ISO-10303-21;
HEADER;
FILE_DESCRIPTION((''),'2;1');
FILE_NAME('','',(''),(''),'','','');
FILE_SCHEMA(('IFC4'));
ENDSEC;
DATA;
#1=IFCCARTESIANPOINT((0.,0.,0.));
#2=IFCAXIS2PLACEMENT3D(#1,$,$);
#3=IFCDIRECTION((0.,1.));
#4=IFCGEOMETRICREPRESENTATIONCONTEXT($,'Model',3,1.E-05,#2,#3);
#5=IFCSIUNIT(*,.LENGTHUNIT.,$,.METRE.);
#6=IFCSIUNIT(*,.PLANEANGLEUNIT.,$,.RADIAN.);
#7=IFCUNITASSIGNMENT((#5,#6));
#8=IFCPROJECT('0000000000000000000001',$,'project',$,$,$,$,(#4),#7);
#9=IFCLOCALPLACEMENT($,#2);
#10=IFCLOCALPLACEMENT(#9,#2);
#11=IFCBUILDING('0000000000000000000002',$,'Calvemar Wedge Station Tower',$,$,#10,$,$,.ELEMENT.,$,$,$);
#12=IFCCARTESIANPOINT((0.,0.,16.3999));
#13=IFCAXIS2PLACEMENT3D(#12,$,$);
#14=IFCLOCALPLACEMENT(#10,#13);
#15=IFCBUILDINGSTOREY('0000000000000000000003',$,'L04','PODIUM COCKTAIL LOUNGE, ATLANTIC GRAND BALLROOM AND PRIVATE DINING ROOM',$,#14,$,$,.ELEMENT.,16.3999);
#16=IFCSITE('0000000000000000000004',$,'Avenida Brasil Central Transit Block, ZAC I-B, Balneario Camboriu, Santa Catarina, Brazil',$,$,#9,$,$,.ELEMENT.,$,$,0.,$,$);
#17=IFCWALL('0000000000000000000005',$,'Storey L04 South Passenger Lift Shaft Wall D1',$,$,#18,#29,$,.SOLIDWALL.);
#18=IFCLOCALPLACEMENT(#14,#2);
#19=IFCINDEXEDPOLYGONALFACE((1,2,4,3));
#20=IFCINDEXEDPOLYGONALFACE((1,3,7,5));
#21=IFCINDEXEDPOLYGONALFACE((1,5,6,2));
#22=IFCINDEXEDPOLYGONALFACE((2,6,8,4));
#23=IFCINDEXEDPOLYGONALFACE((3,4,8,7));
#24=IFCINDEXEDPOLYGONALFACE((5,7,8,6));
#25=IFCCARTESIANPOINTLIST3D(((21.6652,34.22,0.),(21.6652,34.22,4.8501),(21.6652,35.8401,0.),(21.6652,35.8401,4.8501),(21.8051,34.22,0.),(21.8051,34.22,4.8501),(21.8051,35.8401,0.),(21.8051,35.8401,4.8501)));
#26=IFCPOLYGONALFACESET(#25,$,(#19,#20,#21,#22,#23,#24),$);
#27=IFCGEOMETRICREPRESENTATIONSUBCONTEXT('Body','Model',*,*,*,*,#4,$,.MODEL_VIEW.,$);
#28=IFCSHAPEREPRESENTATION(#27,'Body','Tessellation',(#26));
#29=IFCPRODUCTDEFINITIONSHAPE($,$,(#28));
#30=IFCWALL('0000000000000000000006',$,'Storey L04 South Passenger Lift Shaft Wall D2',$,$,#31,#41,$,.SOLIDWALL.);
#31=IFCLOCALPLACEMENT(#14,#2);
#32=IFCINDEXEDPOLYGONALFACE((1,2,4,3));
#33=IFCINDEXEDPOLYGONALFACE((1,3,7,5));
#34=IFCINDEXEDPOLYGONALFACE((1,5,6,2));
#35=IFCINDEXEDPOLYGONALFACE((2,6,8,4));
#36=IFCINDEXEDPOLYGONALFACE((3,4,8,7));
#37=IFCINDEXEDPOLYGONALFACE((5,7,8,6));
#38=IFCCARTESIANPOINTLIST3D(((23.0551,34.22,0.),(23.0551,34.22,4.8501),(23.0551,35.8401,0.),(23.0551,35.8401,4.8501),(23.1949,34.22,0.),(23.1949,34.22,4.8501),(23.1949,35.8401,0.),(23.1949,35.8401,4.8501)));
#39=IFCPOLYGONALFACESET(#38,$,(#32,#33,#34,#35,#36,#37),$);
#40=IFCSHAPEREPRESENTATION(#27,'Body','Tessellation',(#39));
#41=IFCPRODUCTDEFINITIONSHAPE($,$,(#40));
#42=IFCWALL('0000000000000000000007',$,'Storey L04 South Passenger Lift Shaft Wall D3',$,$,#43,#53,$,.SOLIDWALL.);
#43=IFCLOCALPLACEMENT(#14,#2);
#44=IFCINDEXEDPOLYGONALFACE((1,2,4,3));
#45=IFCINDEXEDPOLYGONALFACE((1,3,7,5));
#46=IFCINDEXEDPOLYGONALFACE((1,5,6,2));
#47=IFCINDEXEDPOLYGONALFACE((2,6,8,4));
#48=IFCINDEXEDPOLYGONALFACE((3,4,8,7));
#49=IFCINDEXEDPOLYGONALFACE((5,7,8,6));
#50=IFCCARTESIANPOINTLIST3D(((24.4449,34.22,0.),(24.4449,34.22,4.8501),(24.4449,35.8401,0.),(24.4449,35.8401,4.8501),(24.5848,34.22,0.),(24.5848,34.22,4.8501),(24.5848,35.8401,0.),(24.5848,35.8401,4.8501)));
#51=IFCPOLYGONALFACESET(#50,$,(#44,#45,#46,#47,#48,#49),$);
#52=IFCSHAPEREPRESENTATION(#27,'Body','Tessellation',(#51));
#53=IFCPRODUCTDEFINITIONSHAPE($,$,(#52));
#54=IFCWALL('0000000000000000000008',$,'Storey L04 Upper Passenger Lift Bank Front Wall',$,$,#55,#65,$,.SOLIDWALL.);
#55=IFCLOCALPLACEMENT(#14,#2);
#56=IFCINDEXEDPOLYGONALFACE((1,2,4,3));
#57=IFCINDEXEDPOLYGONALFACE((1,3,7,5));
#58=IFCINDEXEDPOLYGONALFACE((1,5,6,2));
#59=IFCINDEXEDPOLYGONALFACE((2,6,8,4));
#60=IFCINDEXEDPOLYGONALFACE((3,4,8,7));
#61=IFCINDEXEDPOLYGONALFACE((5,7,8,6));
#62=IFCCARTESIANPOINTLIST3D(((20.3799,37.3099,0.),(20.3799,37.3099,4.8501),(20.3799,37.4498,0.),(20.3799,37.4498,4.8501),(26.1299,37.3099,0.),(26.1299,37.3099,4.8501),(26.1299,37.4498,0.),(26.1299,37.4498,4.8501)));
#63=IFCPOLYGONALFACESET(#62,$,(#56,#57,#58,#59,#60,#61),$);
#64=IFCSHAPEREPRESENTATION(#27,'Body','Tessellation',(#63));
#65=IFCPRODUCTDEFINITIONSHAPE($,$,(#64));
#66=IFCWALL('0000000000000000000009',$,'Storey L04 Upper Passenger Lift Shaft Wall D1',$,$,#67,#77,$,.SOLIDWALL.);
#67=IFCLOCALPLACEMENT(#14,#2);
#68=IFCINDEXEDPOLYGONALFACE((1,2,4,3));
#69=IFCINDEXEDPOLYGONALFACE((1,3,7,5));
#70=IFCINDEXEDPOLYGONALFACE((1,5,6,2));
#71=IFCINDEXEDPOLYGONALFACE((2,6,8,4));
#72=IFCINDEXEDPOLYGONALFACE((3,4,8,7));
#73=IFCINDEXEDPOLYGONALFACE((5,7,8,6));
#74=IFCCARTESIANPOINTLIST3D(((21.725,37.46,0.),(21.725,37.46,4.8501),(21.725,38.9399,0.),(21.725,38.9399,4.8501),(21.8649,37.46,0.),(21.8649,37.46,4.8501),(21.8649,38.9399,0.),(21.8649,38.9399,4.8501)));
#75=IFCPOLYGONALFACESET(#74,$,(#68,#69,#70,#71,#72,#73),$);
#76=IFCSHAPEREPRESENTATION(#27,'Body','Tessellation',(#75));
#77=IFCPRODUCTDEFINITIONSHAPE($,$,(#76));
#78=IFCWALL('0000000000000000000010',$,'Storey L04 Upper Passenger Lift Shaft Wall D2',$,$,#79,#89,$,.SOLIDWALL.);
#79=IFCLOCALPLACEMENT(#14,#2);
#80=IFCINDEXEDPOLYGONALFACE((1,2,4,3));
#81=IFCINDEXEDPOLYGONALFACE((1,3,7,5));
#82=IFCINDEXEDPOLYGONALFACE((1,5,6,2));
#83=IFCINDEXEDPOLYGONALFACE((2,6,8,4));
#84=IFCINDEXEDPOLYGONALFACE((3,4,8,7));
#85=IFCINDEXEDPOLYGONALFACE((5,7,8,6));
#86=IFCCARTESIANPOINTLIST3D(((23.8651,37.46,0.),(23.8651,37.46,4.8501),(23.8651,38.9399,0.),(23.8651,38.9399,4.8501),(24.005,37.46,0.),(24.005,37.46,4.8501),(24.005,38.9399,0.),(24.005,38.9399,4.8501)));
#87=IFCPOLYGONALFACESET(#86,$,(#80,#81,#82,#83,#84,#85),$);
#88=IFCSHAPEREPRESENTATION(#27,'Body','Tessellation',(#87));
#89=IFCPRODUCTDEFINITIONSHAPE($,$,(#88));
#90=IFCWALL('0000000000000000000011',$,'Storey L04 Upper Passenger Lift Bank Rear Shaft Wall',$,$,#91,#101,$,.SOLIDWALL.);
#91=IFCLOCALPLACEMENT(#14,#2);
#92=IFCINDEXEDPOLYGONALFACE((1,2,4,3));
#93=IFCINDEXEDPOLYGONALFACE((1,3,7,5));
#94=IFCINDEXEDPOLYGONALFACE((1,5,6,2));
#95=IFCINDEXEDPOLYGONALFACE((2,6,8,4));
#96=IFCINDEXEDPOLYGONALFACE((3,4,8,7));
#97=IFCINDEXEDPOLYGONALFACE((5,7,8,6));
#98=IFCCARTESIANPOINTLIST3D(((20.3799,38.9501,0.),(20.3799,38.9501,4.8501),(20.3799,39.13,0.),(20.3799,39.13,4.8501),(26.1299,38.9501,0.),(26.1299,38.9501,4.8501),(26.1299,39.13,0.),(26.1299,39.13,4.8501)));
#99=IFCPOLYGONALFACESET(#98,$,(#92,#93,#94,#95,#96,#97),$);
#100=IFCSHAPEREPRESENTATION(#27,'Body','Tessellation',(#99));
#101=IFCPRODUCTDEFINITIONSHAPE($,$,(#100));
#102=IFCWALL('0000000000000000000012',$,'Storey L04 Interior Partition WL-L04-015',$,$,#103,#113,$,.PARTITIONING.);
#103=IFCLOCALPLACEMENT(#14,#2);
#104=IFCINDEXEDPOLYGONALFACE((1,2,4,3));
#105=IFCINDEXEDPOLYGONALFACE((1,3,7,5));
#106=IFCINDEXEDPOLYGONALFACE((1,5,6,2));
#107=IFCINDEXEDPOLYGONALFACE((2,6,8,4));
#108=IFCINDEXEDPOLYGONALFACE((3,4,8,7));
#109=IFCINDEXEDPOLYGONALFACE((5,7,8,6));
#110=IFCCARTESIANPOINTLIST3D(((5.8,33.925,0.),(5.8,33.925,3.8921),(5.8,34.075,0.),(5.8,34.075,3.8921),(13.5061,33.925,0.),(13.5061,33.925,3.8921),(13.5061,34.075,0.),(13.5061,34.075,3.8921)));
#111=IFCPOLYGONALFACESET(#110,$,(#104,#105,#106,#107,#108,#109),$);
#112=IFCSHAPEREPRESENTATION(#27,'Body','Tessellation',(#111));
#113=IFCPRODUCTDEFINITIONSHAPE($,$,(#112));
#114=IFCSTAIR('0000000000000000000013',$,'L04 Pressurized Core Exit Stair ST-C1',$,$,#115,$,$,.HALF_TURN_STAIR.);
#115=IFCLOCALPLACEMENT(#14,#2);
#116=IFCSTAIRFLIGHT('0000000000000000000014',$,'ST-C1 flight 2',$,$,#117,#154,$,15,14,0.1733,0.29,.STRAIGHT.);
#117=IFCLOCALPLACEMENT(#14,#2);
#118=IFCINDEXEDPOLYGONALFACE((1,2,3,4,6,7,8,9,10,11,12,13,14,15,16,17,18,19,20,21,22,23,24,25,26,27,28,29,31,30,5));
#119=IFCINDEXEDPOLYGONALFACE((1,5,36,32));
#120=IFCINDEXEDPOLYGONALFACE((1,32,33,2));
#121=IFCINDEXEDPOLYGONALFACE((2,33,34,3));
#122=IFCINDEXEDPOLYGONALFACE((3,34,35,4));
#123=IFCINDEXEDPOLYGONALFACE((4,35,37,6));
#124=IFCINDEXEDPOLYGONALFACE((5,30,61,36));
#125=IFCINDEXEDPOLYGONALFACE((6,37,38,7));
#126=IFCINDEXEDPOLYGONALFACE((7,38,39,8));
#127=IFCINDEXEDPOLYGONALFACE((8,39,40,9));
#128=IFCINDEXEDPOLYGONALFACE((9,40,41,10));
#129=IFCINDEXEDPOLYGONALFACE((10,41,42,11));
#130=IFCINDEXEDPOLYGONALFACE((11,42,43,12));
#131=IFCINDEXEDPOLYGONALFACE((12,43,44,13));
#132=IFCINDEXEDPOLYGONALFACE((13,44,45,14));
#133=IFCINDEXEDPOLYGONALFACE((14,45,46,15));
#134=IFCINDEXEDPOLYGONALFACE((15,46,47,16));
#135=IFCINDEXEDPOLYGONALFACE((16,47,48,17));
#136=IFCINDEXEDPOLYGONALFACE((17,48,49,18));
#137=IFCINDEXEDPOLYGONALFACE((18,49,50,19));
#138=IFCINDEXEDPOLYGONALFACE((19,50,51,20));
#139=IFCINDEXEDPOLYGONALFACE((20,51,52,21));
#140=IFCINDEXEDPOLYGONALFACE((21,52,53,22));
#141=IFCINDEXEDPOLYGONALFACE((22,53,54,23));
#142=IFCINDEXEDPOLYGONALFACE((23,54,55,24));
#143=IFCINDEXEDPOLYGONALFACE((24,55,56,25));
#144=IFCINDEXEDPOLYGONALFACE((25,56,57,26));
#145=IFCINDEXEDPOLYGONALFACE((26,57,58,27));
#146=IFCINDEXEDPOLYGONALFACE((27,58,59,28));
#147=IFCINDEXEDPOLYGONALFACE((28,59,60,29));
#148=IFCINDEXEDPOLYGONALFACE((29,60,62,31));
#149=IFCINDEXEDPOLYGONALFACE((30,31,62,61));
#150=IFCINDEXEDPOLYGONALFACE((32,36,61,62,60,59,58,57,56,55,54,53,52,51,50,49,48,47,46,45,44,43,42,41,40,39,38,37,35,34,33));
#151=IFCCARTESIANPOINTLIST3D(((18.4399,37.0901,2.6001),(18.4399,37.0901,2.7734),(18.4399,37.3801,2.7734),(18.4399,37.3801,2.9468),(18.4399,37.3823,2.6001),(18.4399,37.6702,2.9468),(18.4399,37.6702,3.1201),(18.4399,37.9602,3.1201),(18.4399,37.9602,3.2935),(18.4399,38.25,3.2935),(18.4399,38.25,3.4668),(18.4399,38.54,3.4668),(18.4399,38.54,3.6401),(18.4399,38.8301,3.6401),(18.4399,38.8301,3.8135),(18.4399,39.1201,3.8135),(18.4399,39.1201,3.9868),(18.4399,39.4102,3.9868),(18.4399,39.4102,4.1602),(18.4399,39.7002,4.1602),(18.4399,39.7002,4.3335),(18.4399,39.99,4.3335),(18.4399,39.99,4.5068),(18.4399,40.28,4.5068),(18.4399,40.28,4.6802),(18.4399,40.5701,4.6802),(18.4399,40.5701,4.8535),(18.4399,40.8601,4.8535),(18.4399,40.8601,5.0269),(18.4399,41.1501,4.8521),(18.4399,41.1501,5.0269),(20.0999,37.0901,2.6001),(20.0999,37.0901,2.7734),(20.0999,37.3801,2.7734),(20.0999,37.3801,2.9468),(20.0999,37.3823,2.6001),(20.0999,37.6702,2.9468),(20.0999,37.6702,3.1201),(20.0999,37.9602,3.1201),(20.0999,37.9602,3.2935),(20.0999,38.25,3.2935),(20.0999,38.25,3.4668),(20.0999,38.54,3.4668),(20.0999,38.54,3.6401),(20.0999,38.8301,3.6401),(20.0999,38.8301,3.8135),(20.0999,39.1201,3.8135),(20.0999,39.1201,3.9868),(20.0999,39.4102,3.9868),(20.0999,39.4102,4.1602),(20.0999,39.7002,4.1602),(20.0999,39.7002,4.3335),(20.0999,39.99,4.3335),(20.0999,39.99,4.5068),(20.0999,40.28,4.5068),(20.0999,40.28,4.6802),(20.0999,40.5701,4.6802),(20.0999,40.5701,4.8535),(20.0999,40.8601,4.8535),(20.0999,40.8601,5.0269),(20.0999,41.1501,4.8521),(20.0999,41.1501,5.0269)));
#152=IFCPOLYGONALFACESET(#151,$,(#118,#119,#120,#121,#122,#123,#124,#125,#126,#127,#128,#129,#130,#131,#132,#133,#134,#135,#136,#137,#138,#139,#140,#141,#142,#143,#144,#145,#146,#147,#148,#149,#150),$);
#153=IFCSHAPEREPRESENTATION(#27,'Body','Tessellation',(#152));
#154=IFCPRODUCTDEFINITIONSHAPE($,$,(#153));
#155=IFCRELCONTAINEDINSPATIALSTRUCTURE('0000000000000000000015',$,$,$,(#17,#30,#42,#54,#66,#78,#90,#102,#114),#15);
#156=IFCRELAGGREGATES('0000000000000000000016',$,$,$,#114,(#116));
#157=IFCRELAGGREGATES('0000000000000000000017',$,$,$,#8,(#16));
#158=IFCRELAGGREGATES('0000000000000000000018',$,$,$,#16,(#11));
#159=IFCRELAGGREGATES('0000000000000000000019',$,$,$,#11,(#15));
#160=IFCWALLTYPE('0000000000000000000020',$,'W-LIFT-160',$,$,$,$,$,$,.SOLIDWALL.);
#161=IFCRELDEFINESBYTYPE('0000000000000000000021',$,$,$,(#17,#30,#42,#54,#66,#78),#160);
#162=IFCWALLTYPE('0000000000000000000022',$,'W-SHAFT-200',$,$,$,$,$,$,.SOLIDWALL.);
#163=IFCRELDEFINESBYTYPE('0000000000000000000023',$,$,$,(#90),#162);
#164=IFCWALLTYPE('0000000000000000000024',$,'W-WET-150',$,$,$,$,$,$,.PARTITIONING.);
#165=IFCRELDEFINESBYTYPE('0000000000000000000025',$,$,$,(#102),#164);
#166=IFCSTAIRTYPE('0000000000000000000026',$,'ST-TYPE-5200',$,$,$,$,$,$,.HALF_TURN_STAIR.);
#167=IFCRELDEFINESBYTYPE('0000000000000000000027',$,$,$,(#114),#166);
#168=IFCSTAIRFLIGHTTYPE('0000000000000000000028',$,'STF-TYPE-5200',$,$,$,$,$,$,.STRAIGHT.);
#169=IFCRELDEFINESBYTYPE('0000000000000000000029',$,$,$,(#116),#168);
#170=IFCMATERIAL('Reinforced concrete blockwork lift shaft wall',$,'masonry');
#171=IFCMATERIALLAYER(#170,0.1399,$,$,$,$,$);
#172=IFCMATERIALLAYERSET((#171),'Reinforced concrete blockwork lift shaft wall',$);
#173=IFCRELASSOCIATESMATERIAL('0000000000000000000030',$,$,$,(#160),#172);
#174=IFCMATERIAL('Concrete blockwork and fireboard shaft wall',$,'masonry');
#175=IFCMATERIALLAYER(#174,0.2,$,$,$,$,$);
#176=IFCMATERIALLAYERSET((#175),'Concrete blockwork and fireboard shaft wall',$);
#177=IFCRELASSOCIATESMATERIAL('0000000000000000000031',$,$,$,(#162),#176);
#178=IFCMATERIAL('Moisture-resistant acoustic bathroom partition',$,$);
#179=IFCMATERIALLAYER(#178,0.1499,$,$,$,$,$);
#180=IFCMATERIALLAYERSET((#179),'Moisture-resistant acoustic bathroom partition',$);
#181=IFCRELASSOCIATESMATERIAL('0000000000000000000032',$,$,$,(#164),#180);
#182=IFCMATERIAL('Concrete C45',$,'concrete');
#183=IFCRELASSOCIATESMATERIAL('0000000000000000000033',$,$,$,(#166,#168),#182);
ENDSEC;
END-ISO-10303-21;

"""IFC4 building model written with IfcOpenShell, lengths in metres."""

from ifc_helpers import new_model, si_unit, direction, frame, frame_2d, origin, place, context, subcontext, project, spatial, polyline, rectangle, outline, extrude, material, layer, layer_set, type_object, element, aggregate, save


model = new_model("IFC4")

# Units and contexts
model_context = context("Model", 3, precision=1e-05, world=origin(), true_north=direction((0.0, 1.0)))
body_context = subcontext(model_context, "Body", "Model", "MODEL_VIEW")
ifc_project = project(units=[si_unit("LENGTHUNIT", "METRE"), si_unit("PLANEANGLEUNIT", "RADIAN")], contexts=[model_context])

# Site, building, storey
site_placement = place(None, origin())
site = spatial("IfcSite", under=ifc_project, at=site_placement, Name="Avenida Brasil Central Transit Block, ZAC I-B, Balneario Camboriu, Santa Catarina, Brazil", CompositionType="ELEMENT", RefElevation=0.0)
building_placement = place(site_placement, origin())
building = spatial("IfcBuilding", under=site, at=building_placement, Name="Calvemar Wedge Station Tower", CompositionType="ELEMENT")
storey_placement = place(building_placement, frame((0.0, 0.0, 16.3999)))
storey = spatial("IfcBuildingStorey", under=building, at=storey_placement, Name="L04", Description="PODIUM COCKTAIL LOUNGE, ATLANTIC GRAND BALLROOM AND PRIVATE DINING ROOM", CompositionType="ELEMENT", Elevation=16.3999)

# Walls
ifc_material_1 = material(Name="Reinforced concrete blockwork lift shaft wall", Category="masonry")
ifc_layer_1 = layer(ifc_material_1, 0.1399)
ifc_layer_set_1 = layer_set([ifc_layer_1], Name="Reinforced concrete blockwork lift shaft wall")
wall_type_1 = type_object("IfcWallType", Name="W-LIFT-160", PredefinedType="SOLIDWALL", material=ifc_layer_set_1)
for number, where, z_axis, x_axis, name in (
    (1, (21.7351, 34.22, 0.0), (0.0, 0.0, 1.0), (0.0, 1.0, 0.0), "Storey L04 South Passenger Lift Shaft Wall D1"),
    (2, (23.125, 34.22, 0.0), (0.0, 0.0, 1.0), (0.0, 1.0, 0.0), "Storey L04 South Passenger Lift Shaft Wall D2"),
    (3, (24.5149, 34.22, 0.0), (0.0, 0.0, 1.0), (0.0, 1.0, 0.0), "Storey L04 South Passenger Lift Shaft Wall D3"),
):
    element("IfcWall", number, at=place(storey_placement, frame(where, z_axis=z_axis, x_axis=x_axis)), inside=storey, type_object=wall_type_1, Name=name, PredefinedType="SOLIDWALL", context=body_context, shape_type="SweptSolid", body=[
        extrude(rectangle(XDim=1.6201, YDim=0.1399, at=frame_2d((0.8101, 0.0))), origin(), (0.0, 0.0, 1.0), 4.8501),
    ])
wall_1_placement = place(storey_placement, frame((20.3799, 37.3799, 0.0), z_axis=(0.0, 0.0, 1.0), x_axis=(1.0, 0.0, 0.0)))
element("IfcWall", 4, at=wall_1_placement, inside=storey, type_object=wall_type_1, Name="Storey L04 Upper Passenger Lift Bank Front Wall", PredefinedType="SOLIDWALL", context=body_context, shape_type="SweptSolid", body=[
    extrude(rectangle(XDim=5.75, YDim=0.1399, at=frame_2d((2.875, 0.0))), origin(), (0.0, 0.0, 1.0), 4.8501),
])
for number, where, z_axis, x_axis, name in (
    (5, (21.7949, 37.46, 0.0), (0.0, 0.0, 1.0), (0.0, 1.0, 0.0), "Storey L04 Upper Passenger Lift Shaft Wall D1"),
    (6, (23.9351, 37.46, 0.0), (0.0, 0.0, 1.0), (0.0, 1.0, 0.0), "Storey L04 Upper Passenger Lift Shaft Wall D2"),
):
    element("IfcWall", number, at=place(storey_placement, frame(where, z_axis=z_axis, x_axis=x_axis)), inside=storey, type_object=wall_type_1, Name=name, PredefinedType="SOLIDWALL", context=body_context, shape_type="SweptSolid", body=[
        extrude(rectangle(XDim=1.48, YDim=0.1399, at=frame_2d((0.74, 0.0))), origin(), (0.0, 0.0, 1.0), 4.8501),
    ])
ifc_material_2 = material(Name="Concrete blockwork and fireboard shaft wall", Category="masonry")
ifc_layer_2 = layer(ifc_material_2, 0.2)
ifc_layer_set_2 = layer_set([ifc_layer_2], Name="Concrete blockwork and fireboard shaft wall")
wall_type_2 = type_object("IfcWallType", Name="W-SHAFT-200", PredefinedType="SOLIDWALL", material=ifc_layer_set_2)
wall_2_placement = place(storey_placement, frame((20.3799, 39.04, 0.0), z_axis=(0.0, 0.0, 1.0), x_axis=(1.0, 0.0, 0.0)))
element("IfcWall", 7, at=wall_2_placement, inside=storey, type_object=wall_type_2, Name="Storey L04 Upper Passenger Lift Bank Rear Shaft Wall", PredefinedType="SOLIDWALL", context=body_context, shape_type="SweptSolid", body=[
    extrude(rectangle(XDim=5.75, YDim=0.1799, at=frame_2d((2.875, 0.0))), origin(), (0.0, 0.0, 1.0), 4.8501),
])
ifc_material_3 = material(Name="Moisture-resistant acoustic bathroom partition")
ifc_layer_3 = layer(ifc_material_3, 0.1499)
ifc_layer_set_3 = layer_set([ifc_layer_3], Name="Moisture-resistant acoustic bathroom partition")
wall_type_3 = type_object("IfcWallType", Name="W-WET-150", PredefinedType="PARTITIONING", material=ifc_layer_set_3)
wall_3_placement = place(storey_placement, frame((13.5061, 34.0, 0.0), z_axis=(0.0, 0.0, 1.0), x_axis=(-1.0, 0.0, 0.0)))
element("IfcWall", 8, at=wall_3_placement, inside=storey, type_object=wall_type_3, Name="Storey L04 Interior Partition WL-L04-015", PredefinedType="PARTITIONING", context=body_context, shape_type="SweptSolid", body=[
    extrude(rectangle(XDim=7.7061, YDim=0.1499, at=frame_2d((3.853, 0.0))), origin(), (0.0, 0.0, 1.0), 3.8921),
])

# Stair, stair flight
ifc_material_4 = material(Name="Concrete C45", Category="concrete")
stair_type = type_object("IfcStairType", Name="ST-TYPE-5200", PredefinedType="HALF_TURN_STAIR", material=ifc_material_4)
stair_placement = place(storey_placement, origin())
stair = element("IfcStair", 9, at=stair_placement, inside=storey, type_object=stair_type, Name="L04 Pressurized Core Exit Stair ST-C1", PredefinedType="HALF_TURN_STAIR")
stair_flight_type = type_object("IfcStairFlightType", Name="STF-TYPE-5200", PredefinedType="STRAIGHT", material=ifc_material_4)
stair_flight_placement = place(storey_placement, frame((19.27, 37.0901, 2.6001), z_axis=(0.0, 0.0, 1.0), x_axis=(0.0, 1.0, 0.0)))
stair_flight = element("IfcStairFlight", 10, at=stair_flight_placement, type_object=stair_flight_type, Name="ST-C1 flight 2", NumberOfRisers=15, NumberOfTreads=14, PredefinedType="STRAIGHT", RiserHeight=0.1733, TreadLength=0.29, context=body_context, shape_type="SweptSolid", body=[
    extrude(outline(polyline([(0.0, 0.0), (0.0, 0.1733), (0.29, 0.1733), (0.29, 0.3467), (0.5801, 0.3467), (0.5801, 0.52), (0.8701, 0.52), (0.8701, 0.6934), (1.1599, 0.6934), (1.1599, 0.8667), (1.45, 0.8667), (1.45, 1.04), (1.74, 1.04), (1.74, 1.2134), (2.03, 1.2134), (2.03, 1.3867), (2.3201, 1.3867), (2.3201, 1.5601), (2.6101, 1.5601), (2.6101, 1.7334), (2.8999, 1.7334), (2.8999, 1.9067), (3.1899, 1.9067), (3.1899, 2.0801), (3.48, 2.0801), (3.48, 2.2534), (3.77, 2.2534), (3.77, 2.4268), (4.0601, 2.4268), (4.0601, 2.6001), (4.0601, 2.252), (0.2922, 0.0), (0.0, 0.0)])), frame((0.0, 0.8301, 0.0), z_axis=(0.0, -1.0, 0.0), x_axis=(1.0, 0.0, 0.0)), (0.0, 0.0, 1.0), 1.6599),
])
aggregate(stair, [stair_flight])

save(model, "model.ifc")
